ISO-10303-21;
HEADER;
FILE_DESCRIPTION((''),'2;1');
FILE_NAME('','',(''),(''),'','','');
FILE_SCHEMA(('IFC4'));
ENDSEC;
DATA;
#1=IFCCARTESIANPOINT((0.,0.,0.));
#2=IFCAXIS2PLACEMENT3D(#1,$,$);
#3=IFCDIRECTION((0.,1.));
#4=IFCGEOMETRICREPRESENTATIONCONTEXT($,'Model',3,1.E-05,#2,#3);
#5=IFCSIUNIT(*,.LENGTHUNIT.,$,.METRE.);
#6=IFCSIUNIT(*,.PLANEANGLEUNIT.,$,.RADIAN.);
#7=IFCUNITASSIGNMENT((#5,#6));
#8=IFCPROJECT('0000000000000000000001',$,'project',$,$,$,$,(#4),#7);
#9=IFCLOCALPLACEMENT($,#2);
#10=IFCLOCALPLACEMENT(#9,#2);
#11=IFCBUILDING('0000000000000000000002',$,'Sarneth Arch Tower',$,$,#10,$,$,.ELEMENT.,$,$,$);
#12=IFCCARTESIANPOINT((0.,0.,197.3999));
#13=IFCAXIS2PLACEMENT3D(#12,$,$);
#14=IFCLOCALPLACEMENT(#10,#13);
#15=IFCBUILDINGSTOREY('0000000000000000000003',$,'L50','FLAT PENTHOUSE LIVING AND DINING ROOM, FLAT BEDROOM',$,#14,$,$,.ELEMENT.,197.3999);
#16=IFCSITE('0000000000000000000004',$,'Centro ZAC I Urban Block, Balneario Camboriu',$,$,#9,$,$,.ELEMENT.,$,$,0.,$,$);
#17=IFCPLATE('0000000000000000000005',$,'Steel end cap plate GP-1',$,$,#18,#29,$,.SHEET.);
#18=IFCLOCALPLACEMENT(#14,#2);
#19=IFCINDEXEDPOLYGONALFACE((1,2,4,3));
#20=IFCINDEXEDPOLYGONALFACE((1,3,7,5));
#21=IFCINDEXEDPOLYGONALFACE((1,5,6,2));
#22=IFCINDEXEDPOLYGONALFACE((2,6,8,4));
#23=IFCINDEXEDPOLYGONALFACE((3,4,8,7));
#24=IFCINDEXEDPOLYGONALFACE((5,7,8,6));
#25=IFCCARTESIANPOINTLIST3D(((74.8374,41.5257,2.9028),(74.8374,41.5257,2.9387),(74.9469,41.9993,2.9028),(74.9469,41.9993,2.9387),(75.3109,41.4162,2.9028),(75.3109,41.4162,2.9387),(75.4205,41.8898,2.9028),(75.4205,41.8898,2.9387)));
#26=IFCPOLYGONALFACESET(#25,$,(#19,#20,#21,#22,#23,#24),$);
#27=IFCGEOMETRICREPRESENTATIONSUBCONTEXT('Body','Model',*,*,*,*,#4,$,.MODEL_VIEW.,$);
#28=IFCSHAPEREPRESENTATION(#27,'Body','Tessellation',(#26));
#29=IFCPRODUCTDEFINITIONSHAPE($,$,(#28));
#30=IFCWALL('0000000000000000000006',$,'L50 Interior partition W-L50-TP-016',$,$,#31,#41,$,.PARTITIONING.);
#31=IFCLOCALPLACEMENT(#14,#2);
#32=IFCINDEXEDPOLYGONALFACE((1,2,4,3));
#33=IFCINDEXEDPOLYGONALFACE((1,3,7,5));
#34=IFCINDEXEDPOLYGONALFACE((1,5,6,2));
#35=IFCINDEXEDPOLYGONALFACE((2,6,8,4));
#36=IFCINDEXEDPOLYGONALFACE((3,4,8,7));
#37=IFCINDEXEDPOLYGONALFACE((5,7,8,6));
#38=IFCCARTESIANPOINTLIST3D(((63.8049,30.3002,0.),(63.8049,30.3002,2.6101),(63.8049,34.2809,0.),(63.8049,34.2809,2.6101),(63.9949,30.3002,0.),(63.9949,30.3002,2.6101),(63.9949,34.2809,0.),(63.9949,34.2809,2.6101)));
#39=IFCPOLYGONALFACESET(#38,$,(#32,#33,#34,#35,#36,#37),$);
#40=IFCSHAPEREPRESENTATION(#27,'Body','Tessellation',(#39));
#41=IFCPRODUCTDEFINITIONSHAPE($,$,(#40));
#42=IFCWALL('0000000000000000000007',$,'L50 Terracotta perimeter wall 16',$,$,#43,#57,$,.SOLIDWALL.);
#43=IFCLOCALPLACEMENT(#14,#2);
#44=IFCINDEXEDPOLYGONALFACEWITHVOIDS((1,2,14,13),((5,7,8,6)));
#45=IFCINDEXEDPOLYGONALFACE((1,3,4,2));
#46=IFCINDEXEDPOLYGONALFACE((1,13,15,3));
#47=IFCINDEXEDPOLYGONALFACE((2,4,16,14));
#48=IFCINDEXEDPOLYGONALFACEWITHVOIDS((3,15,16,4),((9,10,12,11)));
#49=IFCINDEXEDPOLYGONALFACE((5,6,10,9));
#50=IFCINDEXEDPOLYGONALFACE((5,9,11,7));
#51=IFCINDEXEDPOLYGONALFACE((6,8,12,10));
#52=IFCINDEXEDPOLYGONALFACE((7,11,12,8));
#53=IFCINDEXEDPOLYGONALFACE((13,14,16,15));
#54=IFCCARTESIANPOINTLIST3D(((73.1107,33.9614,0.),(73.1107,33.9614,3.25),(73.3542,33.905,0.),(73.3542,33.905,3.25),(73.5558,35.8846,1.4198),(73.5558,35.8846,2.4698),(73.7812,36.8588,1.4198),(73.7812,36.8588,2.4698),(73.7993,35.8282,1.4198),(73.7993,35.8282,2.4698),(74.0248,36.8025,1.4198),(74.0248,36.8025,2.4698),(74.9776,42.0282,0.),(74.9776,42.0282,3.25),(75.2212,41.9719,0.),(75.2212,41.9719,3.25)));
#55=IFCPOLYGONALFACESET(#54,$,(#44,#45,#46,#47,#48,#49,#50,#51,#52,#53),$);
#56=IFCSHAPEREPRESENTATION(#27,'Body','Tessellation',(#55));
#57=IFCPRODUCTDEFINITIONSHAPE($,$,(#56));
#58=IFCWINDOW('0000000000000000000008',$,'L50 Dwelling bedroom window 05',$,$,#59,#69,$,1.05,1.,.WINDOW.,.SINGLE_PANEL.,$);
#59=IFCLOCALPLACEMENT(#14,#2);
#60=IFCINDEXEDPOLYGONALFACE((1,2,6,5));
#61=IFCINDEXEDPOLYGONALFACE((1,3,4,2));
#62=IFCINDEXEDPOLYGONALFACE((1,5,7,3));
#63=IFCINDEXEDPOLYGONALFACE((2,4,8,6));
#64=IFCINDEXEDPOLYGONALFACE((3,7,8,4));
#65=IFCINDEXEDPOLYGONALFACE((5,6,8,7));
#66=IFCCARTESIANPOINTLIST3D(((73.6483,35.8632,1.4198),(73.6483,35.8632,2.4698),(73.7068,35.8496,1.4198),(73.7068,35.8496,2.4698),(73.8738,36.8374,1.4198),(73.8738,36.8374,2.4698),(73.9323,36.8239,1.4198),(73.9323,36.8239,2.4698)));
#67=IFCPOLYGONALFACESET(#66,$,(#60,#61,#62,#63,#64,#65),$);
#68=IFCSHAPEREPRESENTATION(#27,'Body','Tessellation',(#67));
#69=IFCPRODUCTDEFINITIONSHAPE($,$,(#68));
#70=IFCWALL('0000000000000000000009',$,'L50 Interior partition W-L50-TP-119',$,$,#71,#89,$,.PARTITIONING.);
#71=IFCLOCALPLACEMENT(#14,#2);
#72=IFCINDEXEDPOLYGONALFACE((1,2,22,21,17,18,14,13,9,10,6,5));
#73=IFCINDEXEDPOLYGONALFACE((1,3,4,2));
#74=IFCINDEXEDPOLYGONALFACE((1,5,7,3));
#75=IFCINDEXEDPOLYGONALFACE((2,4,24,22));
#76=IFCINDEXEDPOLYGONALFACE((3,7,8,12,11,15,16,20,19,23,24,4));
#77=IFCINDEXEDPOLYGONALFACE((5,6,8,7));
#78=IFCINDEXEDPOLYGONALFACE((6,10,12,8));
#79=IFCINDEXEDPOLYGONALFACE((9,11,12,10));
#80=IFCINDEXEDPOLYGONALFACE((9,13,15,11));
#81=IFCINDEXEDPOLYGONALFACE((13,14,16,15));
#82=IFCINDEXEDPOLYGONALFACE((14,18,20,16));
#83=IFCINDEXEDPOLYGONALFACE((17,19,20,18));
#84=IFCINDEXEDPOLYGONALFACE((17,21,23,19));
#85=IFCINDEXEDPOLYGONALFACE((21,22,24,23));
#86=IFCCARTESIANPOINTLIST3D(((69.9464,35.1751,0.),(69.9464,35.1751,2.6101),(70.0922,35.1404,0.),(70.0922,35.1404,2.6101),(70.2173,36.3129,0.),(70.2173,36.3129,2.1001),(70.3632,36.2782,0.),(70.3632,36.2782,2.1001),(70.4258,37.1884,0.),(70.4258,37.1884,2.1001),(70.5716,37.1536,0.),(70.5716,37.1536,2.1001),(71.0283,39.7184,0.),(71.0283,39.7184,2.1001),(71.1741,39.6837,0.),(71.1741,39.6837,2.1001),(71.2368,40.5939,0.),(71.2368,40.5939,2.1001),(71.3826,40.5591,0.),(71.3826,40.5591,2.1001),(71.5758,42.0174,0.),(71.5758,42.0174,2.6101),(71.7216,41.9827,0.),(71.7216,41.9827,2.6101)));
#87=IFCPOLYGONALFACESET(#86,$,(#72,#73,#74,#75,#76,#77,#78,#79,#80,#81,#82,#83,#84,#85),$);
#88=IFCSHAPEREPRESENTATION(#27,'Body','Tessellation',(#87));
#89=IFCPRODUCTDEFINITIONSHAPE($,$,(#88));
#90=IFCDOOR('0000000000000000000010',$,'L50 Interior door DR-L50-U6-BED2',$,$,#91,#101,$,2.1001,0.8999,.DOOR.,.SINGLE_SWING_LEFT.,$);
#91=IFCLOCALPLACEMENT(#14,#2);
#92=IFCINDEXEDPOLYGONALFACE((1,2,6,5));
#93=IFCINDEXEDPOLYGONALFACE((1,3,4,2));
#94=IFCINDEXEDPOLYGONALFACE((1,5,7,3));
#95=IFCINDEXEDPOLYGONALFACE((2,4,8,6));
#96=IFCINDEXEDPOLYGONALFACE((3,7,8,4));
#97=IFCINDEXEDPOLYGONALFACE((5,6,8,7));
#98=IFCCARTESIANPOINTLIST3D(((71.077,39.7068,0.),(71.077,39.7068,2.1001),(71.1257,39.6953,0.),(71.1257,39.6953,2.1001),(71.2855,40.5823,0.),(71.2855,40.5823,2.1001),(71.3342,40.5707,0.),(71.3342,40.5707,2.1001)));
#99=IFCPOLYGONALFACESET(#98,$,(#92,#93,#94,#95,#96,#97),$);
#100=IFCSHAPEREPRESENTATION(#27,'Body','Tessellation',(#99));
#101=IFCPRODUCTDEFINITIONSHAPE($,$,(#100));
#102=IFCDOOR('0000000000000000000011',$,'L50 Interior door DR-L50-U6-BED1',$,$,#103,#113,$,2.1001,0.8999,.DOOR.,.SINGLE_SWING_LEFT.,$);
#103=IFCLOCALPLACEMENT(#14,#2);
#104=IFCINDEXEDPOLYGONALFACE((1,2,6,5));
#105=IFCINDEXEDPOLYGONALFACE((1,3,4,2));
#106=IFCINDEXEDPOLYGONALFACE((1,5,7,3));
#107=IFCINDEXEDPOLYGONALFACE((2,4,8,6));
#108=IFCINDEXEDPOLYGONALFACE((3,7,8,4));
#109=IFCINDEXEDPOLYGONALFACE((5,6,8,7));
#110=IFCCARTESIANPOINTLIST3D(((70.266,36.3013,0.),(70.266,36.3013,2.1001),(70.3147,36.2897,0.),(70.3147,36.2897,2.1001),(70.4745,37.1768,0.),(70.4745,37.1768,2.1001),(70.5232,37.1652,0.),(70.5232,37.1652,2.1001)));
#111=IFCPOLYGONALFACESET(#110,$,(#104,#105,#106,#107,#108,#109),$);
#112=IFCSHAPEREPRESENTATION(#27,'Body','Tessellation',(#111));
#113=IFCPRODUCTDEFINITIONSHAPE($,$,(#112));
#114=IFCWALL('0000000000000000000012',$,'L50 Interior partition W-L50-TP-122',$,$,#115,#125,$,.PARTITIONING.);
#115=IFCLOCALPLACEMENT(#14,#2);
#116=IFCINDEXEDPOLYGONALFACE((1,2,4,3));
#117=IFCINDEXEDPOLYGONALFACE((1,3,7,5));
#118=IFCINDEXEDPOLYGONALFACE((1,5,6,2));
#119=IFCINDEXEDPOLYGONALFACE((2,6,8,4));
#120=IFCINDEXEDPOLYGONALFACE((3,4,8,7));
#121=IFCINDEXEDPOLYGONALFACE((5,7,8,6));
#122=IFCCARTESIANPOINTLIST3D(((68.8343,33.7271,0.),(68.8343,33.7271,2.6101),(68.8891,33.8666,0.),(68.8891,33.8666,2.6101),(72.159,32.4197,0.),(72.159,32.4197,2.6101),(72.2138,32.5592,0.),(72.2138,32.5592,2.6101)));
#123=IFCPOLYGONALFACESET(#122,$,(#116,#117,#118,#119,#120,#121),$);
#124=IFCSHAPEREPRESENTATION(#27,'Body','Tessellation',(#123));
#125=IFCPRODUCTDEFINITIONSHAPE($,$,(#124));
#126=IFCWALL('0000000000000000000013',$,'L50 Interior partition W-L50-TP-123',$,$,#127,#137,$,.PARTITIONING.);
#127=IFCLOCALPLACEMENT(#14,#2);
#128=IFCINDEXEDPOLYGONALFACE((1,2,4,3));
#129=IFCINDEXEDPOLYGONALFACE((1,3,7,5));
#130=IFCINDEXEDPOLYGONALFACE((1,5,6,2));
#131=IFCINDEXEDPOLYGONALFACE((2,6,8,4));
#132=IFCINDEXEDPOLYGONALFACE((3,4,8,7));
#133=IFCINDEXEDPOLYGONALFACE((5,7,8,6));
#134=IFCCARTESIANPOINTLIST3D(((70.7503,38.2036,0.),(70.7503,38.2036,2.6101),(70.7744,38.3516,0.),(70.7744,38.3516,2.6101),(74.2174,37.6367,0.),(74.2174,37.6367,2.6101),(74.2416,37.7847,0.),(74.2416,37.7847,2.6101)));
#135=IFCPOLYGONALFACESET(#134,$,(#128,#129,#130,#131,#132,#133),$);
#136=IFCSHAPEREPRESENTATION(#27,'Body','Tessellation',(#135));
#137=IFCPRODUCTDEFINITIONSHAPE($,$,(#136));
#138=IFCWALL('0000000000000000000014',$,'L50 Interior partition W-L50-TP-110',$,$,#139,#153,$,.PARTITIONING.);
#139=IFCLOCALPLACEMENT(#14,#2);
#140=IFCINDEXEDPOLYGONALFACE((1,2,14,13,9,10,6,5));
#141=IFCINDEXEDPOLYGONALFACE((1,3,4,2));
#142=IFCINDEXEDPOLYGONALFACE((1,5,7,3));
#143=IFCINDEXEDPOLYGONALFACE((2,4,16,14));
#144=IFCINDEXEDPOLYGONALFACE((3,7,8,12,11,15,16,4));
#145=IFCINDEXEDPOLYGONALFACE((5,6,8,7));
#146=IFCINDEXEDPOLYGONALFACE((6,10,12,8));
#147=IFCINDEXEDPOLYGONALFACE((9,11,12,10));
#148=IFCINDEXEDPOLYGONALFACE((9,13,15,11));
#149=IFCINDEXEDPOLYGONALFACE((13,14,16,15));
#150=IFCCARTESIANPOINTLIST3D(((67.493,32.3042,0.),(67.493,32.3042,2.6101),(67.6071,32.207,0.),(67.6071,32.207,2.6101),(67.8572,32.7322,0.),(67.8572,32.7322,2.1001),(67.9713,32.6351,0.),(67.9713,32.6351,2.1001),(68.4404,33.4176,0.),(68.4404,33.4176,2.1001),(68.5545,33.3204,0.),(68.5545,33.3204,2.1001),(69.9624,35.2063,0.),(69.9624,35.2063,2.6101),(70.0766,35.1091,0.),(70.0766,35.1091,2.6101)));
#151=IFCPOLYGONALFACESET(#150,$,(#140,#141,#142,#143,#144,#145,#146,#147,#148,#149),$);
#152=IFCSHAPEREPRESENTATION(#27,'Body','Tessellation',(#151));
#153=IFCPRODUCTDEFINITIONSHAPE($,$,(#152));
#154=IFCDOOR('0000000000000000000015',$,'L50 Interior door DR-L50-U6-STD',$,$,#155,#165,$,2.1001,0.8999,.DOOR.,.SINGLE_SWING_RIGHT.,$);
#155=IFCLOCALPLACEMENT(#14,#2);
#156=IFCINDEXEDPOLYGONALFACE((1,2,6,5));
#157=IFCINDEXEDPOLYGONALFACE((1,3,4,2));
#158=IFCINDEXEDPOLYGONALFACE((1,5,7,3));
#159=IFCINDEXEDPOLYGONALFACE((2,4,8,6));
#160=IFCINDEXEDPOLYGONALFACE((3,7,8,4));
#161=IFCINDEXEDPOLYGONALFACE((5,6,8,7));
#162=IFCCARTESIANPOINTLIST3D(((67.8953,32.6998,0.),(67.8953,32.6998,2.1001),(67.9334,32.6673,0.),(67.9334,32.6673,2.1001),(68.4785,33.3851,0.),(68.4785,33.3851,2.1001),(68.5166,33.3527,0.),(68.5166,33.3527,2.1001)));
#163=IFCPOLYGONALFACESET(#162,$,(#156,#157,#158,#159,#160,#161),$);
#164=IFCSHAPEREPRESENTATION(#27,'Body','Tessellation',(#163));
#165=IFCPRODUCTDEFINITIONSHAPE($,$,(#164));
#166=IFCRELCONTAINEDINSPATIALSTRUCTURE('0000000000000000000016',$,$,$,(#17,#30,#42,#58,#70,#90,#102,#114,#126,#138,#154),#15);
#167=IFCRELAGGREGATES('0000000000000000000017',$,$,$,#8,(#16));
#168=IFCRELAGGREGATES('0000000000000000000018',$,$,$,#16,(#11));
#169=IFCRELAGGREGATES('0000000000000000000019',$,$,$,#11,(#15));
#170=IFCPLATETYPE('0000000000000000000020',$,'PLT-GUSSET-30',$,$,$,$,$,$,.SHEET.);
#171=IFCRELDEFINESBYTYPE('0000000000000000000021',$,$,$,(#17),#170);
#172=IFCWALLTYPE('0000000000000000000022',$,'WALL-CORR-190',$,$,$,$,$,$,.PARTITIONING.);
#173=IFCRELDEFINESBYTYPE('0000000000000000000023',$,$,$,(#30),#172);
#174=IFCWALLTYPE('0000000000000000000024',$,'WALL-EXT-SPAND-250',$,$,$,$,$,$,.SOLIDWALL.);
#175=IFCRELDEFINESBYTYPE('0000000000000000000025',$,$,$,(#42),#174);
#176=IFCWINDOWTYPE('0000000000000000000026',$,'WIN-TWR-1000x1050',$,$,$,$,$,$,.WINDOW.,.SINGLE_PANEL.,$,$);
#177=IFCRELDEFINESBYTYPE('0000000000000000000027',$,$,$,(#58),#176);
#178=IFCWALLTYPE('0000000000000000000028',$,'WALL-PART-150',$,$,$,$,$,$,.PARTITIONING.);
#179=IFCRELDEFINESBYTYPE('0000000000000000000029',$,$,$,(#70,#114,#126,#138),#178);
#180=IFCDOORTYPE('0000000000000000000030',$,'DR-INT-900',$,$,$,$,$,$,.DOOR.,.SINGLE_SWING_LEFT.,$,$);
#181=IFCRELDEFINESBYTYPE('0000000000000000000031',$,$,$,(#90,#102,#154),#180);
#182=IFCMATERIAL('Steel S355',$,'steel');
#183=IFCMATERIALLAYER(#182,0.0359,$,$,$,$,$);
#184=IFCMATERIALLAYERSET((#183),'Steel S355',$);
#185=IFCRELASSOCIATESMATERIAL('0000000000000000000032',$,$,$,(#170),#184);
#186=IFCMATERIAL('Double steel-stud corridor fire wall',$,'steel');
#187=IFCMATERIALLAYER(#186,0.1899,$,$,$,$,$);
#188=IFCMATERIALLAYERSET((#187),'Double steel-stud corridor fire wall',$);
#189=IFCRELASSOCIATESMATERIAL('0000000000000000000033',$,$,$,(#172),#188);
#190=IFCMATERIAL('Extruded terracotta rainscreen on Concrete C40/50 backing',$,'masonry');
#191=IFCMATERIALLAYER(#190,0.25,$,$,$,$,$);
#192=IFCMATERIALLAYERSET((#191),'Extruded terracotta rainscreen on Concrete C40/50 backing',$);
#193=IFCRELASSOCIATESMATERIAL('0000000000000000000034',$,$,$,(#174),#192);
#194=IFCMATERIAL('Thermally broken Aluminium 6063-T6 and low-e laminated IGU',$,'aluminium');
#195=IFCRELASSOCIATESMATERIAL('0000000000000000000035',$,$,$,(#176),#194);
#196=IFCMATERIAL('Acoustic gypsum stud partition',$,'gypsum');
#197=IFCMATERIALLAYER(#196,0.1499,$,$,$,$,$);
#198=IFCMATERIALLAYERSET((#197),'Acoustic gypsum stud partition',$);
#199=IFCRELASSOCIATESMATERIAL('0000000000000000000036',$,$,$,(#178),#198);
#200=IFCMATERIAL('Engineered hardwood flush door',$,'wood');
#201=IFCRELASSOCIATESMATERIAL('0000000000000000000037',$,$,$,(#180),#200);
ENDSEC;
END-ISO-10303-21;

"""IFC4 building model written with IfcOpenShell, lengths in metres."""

from ifc_helpers import new_model, si_unit, direction, frame, frame_2d, origin, origin_2d, place, context, subcontext, project, spatial, rectangle, extrude, material, layer, layer_set, type_object, element, fill, save


model = new_model("IFC4")

# Units and contexts
model_context = context("Model", 3, precision=1e-05, world=origin(), true_north=direction((0.0, 1.0)))
body_context = subcontext(model_context, "Body", "Model", "MODEL_VIEW")
ifc_project = project(units=[si_unit("LENGTHUNIT", "METRE"), si_unit("PLANEANGLEUNIT", "RADIAN")], contexts=[model_context])

# Site, building, storey
site_placement = place(None, origin())
site = spatial("IfcSite", under=ifc_project, at=site_placement, Name="Centro ZAC I Urban Block, Balneario Camboriu", CompositionType="ELEMENT", RefElevation=0.0)
building_placement = place(site_placement, origin())
building = spatial("IfcBuilding", under=site, at=building_placement, Name="Sarneth Arch Tower", CompositionType="ELEMENT")
storey_placement = place(building_placement, frame((0.0, 0.0, 197.3999)))
storey = spatial("IfcBuildingStorey", under=building, at=storey_placement, Name="L50", Description="FLAT PENTHOUSE LIVING AND DINING ROOM, FLAT BEDROOM", CompositionType="ELEMENT", Elevation=197.3999)

# Plate
ifc_material_1 = material(Name="Steel S355", Category="steel")
ifc_layer_1 = layer(ifc_material_1, 0.0359)
ifc_layer_set_1 = layer_set([ifc_layer_1], Name="Steel S355")
plate_type = type_object("IfcPlateType", Name="PLT-GUSSET-30", PredefinedType="SHEET", material=ifc_layer_set_1)
for number, where, z_axis, x_axis, name in (
    (1, (75.1289, 41.7078, 2.9028), (0.0, 0.0, 1.0), (0.225291, 0.974291, 0.0), "Steel end cap plate GP-1"),
):
    element("IfcPlate", number, at=place(storey_placement, frame(where, z_axis=z_axis, x_axis=x_axis)), inside=storey, type_object=plate_type, Name=name, PredefinedType="SHEET", context=body_context, shape_type="SweptSolid", body=[
        extrude(rectangle(XDim=0.4861, YDim=0.4861, at=origin_2d()), origin(), (0.0, 0.0, 1.0), 0.0359),
    ])

# Wall
ifc_material_2 = material(Name="Double steel-stud corridor fire wall", Category="steel")
ifc_layer_2 = layer(ifc_material_2, 0.1899)
ifc_layer_set_2 = layer_set([ifc_layer_2], Name="Double steel-stud corridor fire wall")
wall_type_1 = type_object("IfcWallType", Name="WALL-CORR-190", PredefinedType="PARTITIONING", material=ifc_layer_set_2)
wall_1_placement = place(storey_placement, frame((63.8999, 34.2808, 0.0), z_axis=(0.0, 0.0, 1.0), x_axis=(0.0, -1.0, 0.0)))
element("IfcWall", 2, at=wall_1_placement, inside=storey, type_object=wall_type_1, Name="L50 Interior partition W-L50-TP-016", PredefinedType="PARTITIONING", context=body_context, shape_type="SweptSolid", body=[
    extrude(rectangle(XDim=3.9807, YDim=0.1899, at=frame_2d((1.9902, 0.0))), origin(), (0.0, 0.0, 1.0), 2.6101),
])

# Wall, opening, window
ifc_material_3 = material(Name="Extruded terracotta rainscreen on Concrete C40/50 backing", Category="masonry")
ifc_layer_3 = layer(ifc_material_3, 0.25)
ifc_layer_set_3 = layer_set([ifc_layer_3], Name="Extruded terracotta rainscreen on Concrete C40/50 backing")
wall_type_2 = type_object("IfcWallType", Name="WALL-EXT-SPAND-250", PredefinedType="SOLIDWALL", material=ifc_layer_set_3)
wall_2_placement = place(storey_placement, frame((73.2324, 33.9331, 0.0), z_axis=(0.0, 0.0, 1.0), x_axis=(0.225473, 0.974249, 0.0)))
wall_2 = element("IfcWall", 3, at=wall_2_placement, inside=storey, type_object=wall_type_2, Name="L50 Terracotta perimeter wall 16", PredefinedType="SOLIDWALL", context=body_context, shape_type="SweptSolid", body=[
    extrude(rectangle(XDim=8.28, YDim=0.25, at=frame_2d((4.1401, 0.0))), origin(), (0.0, 0.0, 1.0), 3.25),
])
opening_1_placement = place(wall_2_placement, frame((1.9741, 0.0, 1.4199)))
opening_1 = element("IfcOpeningElement", 4, at=opening_1_placement, cuts=wall_2, PredefinedType="OPENING", context=body_context, shape_type="SweptSolid", body=[
    extrude(rectangle(XDim=1.0, YDim=1.05, at=frame_2d((0.5, 0.5249))), frame((0.0, 0.135, 0.0), z_axis=(0.0, -1.0, 0.0), x_axis=(1.0, 0.0, 0.0)), (0.0, 0.0, 1.0), 0.27),
])
ifc_material_4 = material(Name="Thermally broken Aluminium 6063-T6 and low-e laminated IGU", Category="aluminium")
window_type = type_object("IfcWindowType", Name="WIN-TWR-1000x1050", PartitioningType="SINGLE_PANEL", PredefinedType="WINDOW", material=ifc_material_4)
window_placement = place(opening_1_placement, origin())
window = element("IfcWindow", 5, at=window_placement, inside=storey, type_object=window_type, Name="L50 Dwelling bedroom window 05", OverallHeight=1.05, OverallWidth=1.0, PartitioningType="SINGLE_PANEL", PredefinedType="WINDOW", context=body_context, shape_type="SweptSolid", body=[
    extrude(rectangle(XDim=1.0, YDim=1.05, at=frame_2d((0.5, 0.5249))), frame((0.0, 0.03, 0.0), z_axis=(0.0, -1.0, 0.0), x_axis=(1.0, 0.0, 0.0)), (0.0, 0.0, 1.0), 0.0601),
])
fill(opening_1, window)

# Wall, openings, doors
ifc_material_5 = material(Name="Acoustic gypsum stud partition", Category="gypsum")
ifc_layer_4 = layer(ifc_material_5, 0.1499)
ifc_layer_set_4 = layer_set([ifc_layer_4], Name="Acoustic gypsum stud partition")
wall_type_3 = type_object("IfcWallType", Name="WALL-PART-150", PredefinedType="PARTITIONING", material=ifc_layer_set_4)
wall_3_placement = place(storey_placement, frame((70.0193, 35.1577, 0.0), z_axis=(0.0, 0.0, 1.0), x_axis=(0.231658, 0.972797, 0.0)))
wall_3 = element("IfcWall", 6, at=wall_3_placement, inside=storey, type_object=wall_type_3, Name="L50 Interior partition W-L50-TP-119", PredefinedType="PARTITIONING", context=body_context, shape_type="SweptSolid", body=[
    extrude(rectangle(XDim=7.0337, YDim=0.1499, at=frame_2d((3.5168, 0.0))), origin(), (0.0, 0.0, 1.0), 2.6101),
])
opening_2_placement = place(wall_3_placement, frame((4.6704, 0.0, 0.0)))
opening_2 = element("IfcOpeningElement", 7, at=opening_2_placement, cuts=wall_3, PredefinedType="OPENING", context=body_context, shape_type="SweptSolid", body=[
    extrude(rectangle(XDim=0.8999, YDim=2.1001, at=frame_2d((0.45, 1.05))), frame((0.0, 0.085, 0.0), z_axis=(0.0, -1.0, 0.0), x_axis=(1.0, 0.0, 0.0)), (0.0, 0.0, 1.0), 0.1699),
])
opening_3_placement = place(wall_3_placement, frame((1.1697, 0.0, 0.0)))
opening_3 = element("IfcOpeningElement", 8, at=opening_3_placement, cuts=wall_3, PredefinedType="OPENING", context=body_context, shape_type="SweptSolid", body=[
    extrude(rectangle(XDim=0.8999, YDim=2.1001, at=frame_2d((0.45, 1.05))), frame((0.0, 0.085, 0.0), z_axis=(0.0, -1.0, 0.0), x_axis=(1.0, 0.0, 0.0)), (0.0, 0.0, 1.0), 0.1699),
])
ifc_material_6 = material(Name="Engineered hardwood flush door", Category="wood")
door_type_1 = type_object("IfcDoorType", Name="DR-INT-900", OperationType="SINGLE_SWING_LEFT", PredefinedType="DOOR", material=ifc_material_6)
door_1_placement = place(opening_2_placement, origin())
door_1 = element("IfcDoor", 9, at=door_1_placement, inside=storey, type_object=door_type_1, Name="L50 Interior door DR-L50-U6-BED2", OperationType="SINGLE_SWING_LEFT", OverallHeight=2.1001, OverallWidth=0.8999, PredefinedType="DOOR", context=body_context, shape_type="SweptSolid", body=[
    extrude(rectangle(XDim=0.8999, YDim=2.1001, at=frame_2d((0.45, 1.05))), frame((0.0, 0.0249, 0.0), z_axis=(0.0, -1.0, 0.0), x_axis=(1.0, 0.0, 0.0)), (0.0, 0.0, 1.0), 0.05),
])
fill(opening_2, door_1)
door_2_placement = place(opening_3_placement, origin())
door_2 = element("IfcDoor", 10, at=door_2_placement, inside=storey, type_object=door_type_1, Name="L50 Interior door DR-L50-U6-BED1", OperationType="SINGLE_SWING_LEFT", OverallHeight=2.1001, OverallWidth=0.8999, PredefinedType="DOOR", context=body_context, shape_type="SweptSolid", body=[
    extrude(rectangle(XDim=0.8999, YDim=2.1001, at=frame_2d((0.45, 1.05))), frame((0.0, 0.0249, 0.0), z_axis=(0.0, -1.0, 0.0), x_axis=(1.0, 0.0, 0.0)), (0.0, 0.0, 1.0), 0.05),
])
fill(opening_3, door_2)

# Walls
wall_4_placement = place(storey_placement, frame((72.1863, 32.4895, 0.0), z_axis=(0.0, 0.0, 1.0), x_axis=(-0.930633, 0.365953, 0.0)))
element("IfcWall", 11, at=wall_4_placement, inside=storey, type_object=wall_type_3, Name="L50 Interior partition W-L50-TP-122", PredefinedType="PARTITIONING", context=body_context, shape_type="SweptSolid", body=[
    extrude(rectangle(XDim=3.5725, YDim=0.1499, at=frame_2d((1.7861, 0.0))), origin(), (0.0, 0.0, 1.0), 2.6101),
])
wall_5_placement = place(storey_placement, frame((74.2295, 37.7107, 0.0), z_axis=(0.0, 0.0, 1.0), x_axis=(-0.986895, 0.161367, 0.0)))
element("IfcWall", 12, at=wall_5_placement, inside=storey, type_object=wall_type_3, Name="L50 Interior partition W-L50-TP-123", PredefinedType="PARTITIONING", context=body_context, shape_type="SweptSolid", body=[
    extrude(rectangle(XDim=3.5132, YDim=0.1499, at=frame_2d((1.7566, 0.0))), origin(), (0.0, 0.0, 1.0), 2.6101),
])

# Wall, opening, door
wall_6_placement = place(storey_placement, frame((67.55, 32.2556, 0.0), z_axis=(0.0, 0.0, 1.0), x_axis=(0.648059, 0.76159, 0.0)))
wall_6 = element("IfcWall", 13, at=wall_6_placement, inside=storey, type_object=wall_type_3, Name="L50 Interior partition W-L50-TP-110", PredefinedType="PARTITIONING", context=body_context, shape_type="SweptSolid", body=[
    extrude(rectangle(XDim=3.8105, YDim=0.1499, at=frame_2d((1.9053, 0.0))), origin(), (0.0, 0.0, 1.0), 2.6101),
])
opening_4_placement = place(wall_6_placement, frame((0.562, 0.0, 0.0)))
opening_4 = element("IfcOpeningElement", 14, at=opening_4_placement, cuts=wall_6, PredefinedType="OPENING", context=body_context, shape_type="SweptSolid", body=[
    extrude(rectangle(XDim=0.8999, YDim=2.1001, at=frame_2d((0.45, 1.05))), frame((0.0, 0.085, 0.0), z_axis=(0.0, -1.0, 0.0), x_axis=(1.0, 0.0, 0.0)), (0.0, 0.0, 1.0), 0.1699),
])
door_3_placement = place(opening_4_placement, origin())
door_3 = element("IfcDoor", 15, at=door_3_placement, inside=storey, type_object=door_type_1, Name="L50 Interior door DR-L50-U6-STD", OperationType="SINGLE_SWING_RIGHT", OverallHeight=2.1001, OverallWidth=0.8999, PredefinedType="DOOR", context=body_context, shape_type="SweptSolid", body=[
    extrude(rectangle(XDim=0.8999, YDim=2.1001, at=frame_2d((0.45, 1.05))), frame((0.0, 0.0249, 0.0), z_axis=(0.0, -1.0, 0.0), x_axis=(1.0, 0.0, 0.0)), (0.0, 0.0, 1.0), 0.05),
])
fill(opening_4, door_3)

save(model, "model.ifc")
